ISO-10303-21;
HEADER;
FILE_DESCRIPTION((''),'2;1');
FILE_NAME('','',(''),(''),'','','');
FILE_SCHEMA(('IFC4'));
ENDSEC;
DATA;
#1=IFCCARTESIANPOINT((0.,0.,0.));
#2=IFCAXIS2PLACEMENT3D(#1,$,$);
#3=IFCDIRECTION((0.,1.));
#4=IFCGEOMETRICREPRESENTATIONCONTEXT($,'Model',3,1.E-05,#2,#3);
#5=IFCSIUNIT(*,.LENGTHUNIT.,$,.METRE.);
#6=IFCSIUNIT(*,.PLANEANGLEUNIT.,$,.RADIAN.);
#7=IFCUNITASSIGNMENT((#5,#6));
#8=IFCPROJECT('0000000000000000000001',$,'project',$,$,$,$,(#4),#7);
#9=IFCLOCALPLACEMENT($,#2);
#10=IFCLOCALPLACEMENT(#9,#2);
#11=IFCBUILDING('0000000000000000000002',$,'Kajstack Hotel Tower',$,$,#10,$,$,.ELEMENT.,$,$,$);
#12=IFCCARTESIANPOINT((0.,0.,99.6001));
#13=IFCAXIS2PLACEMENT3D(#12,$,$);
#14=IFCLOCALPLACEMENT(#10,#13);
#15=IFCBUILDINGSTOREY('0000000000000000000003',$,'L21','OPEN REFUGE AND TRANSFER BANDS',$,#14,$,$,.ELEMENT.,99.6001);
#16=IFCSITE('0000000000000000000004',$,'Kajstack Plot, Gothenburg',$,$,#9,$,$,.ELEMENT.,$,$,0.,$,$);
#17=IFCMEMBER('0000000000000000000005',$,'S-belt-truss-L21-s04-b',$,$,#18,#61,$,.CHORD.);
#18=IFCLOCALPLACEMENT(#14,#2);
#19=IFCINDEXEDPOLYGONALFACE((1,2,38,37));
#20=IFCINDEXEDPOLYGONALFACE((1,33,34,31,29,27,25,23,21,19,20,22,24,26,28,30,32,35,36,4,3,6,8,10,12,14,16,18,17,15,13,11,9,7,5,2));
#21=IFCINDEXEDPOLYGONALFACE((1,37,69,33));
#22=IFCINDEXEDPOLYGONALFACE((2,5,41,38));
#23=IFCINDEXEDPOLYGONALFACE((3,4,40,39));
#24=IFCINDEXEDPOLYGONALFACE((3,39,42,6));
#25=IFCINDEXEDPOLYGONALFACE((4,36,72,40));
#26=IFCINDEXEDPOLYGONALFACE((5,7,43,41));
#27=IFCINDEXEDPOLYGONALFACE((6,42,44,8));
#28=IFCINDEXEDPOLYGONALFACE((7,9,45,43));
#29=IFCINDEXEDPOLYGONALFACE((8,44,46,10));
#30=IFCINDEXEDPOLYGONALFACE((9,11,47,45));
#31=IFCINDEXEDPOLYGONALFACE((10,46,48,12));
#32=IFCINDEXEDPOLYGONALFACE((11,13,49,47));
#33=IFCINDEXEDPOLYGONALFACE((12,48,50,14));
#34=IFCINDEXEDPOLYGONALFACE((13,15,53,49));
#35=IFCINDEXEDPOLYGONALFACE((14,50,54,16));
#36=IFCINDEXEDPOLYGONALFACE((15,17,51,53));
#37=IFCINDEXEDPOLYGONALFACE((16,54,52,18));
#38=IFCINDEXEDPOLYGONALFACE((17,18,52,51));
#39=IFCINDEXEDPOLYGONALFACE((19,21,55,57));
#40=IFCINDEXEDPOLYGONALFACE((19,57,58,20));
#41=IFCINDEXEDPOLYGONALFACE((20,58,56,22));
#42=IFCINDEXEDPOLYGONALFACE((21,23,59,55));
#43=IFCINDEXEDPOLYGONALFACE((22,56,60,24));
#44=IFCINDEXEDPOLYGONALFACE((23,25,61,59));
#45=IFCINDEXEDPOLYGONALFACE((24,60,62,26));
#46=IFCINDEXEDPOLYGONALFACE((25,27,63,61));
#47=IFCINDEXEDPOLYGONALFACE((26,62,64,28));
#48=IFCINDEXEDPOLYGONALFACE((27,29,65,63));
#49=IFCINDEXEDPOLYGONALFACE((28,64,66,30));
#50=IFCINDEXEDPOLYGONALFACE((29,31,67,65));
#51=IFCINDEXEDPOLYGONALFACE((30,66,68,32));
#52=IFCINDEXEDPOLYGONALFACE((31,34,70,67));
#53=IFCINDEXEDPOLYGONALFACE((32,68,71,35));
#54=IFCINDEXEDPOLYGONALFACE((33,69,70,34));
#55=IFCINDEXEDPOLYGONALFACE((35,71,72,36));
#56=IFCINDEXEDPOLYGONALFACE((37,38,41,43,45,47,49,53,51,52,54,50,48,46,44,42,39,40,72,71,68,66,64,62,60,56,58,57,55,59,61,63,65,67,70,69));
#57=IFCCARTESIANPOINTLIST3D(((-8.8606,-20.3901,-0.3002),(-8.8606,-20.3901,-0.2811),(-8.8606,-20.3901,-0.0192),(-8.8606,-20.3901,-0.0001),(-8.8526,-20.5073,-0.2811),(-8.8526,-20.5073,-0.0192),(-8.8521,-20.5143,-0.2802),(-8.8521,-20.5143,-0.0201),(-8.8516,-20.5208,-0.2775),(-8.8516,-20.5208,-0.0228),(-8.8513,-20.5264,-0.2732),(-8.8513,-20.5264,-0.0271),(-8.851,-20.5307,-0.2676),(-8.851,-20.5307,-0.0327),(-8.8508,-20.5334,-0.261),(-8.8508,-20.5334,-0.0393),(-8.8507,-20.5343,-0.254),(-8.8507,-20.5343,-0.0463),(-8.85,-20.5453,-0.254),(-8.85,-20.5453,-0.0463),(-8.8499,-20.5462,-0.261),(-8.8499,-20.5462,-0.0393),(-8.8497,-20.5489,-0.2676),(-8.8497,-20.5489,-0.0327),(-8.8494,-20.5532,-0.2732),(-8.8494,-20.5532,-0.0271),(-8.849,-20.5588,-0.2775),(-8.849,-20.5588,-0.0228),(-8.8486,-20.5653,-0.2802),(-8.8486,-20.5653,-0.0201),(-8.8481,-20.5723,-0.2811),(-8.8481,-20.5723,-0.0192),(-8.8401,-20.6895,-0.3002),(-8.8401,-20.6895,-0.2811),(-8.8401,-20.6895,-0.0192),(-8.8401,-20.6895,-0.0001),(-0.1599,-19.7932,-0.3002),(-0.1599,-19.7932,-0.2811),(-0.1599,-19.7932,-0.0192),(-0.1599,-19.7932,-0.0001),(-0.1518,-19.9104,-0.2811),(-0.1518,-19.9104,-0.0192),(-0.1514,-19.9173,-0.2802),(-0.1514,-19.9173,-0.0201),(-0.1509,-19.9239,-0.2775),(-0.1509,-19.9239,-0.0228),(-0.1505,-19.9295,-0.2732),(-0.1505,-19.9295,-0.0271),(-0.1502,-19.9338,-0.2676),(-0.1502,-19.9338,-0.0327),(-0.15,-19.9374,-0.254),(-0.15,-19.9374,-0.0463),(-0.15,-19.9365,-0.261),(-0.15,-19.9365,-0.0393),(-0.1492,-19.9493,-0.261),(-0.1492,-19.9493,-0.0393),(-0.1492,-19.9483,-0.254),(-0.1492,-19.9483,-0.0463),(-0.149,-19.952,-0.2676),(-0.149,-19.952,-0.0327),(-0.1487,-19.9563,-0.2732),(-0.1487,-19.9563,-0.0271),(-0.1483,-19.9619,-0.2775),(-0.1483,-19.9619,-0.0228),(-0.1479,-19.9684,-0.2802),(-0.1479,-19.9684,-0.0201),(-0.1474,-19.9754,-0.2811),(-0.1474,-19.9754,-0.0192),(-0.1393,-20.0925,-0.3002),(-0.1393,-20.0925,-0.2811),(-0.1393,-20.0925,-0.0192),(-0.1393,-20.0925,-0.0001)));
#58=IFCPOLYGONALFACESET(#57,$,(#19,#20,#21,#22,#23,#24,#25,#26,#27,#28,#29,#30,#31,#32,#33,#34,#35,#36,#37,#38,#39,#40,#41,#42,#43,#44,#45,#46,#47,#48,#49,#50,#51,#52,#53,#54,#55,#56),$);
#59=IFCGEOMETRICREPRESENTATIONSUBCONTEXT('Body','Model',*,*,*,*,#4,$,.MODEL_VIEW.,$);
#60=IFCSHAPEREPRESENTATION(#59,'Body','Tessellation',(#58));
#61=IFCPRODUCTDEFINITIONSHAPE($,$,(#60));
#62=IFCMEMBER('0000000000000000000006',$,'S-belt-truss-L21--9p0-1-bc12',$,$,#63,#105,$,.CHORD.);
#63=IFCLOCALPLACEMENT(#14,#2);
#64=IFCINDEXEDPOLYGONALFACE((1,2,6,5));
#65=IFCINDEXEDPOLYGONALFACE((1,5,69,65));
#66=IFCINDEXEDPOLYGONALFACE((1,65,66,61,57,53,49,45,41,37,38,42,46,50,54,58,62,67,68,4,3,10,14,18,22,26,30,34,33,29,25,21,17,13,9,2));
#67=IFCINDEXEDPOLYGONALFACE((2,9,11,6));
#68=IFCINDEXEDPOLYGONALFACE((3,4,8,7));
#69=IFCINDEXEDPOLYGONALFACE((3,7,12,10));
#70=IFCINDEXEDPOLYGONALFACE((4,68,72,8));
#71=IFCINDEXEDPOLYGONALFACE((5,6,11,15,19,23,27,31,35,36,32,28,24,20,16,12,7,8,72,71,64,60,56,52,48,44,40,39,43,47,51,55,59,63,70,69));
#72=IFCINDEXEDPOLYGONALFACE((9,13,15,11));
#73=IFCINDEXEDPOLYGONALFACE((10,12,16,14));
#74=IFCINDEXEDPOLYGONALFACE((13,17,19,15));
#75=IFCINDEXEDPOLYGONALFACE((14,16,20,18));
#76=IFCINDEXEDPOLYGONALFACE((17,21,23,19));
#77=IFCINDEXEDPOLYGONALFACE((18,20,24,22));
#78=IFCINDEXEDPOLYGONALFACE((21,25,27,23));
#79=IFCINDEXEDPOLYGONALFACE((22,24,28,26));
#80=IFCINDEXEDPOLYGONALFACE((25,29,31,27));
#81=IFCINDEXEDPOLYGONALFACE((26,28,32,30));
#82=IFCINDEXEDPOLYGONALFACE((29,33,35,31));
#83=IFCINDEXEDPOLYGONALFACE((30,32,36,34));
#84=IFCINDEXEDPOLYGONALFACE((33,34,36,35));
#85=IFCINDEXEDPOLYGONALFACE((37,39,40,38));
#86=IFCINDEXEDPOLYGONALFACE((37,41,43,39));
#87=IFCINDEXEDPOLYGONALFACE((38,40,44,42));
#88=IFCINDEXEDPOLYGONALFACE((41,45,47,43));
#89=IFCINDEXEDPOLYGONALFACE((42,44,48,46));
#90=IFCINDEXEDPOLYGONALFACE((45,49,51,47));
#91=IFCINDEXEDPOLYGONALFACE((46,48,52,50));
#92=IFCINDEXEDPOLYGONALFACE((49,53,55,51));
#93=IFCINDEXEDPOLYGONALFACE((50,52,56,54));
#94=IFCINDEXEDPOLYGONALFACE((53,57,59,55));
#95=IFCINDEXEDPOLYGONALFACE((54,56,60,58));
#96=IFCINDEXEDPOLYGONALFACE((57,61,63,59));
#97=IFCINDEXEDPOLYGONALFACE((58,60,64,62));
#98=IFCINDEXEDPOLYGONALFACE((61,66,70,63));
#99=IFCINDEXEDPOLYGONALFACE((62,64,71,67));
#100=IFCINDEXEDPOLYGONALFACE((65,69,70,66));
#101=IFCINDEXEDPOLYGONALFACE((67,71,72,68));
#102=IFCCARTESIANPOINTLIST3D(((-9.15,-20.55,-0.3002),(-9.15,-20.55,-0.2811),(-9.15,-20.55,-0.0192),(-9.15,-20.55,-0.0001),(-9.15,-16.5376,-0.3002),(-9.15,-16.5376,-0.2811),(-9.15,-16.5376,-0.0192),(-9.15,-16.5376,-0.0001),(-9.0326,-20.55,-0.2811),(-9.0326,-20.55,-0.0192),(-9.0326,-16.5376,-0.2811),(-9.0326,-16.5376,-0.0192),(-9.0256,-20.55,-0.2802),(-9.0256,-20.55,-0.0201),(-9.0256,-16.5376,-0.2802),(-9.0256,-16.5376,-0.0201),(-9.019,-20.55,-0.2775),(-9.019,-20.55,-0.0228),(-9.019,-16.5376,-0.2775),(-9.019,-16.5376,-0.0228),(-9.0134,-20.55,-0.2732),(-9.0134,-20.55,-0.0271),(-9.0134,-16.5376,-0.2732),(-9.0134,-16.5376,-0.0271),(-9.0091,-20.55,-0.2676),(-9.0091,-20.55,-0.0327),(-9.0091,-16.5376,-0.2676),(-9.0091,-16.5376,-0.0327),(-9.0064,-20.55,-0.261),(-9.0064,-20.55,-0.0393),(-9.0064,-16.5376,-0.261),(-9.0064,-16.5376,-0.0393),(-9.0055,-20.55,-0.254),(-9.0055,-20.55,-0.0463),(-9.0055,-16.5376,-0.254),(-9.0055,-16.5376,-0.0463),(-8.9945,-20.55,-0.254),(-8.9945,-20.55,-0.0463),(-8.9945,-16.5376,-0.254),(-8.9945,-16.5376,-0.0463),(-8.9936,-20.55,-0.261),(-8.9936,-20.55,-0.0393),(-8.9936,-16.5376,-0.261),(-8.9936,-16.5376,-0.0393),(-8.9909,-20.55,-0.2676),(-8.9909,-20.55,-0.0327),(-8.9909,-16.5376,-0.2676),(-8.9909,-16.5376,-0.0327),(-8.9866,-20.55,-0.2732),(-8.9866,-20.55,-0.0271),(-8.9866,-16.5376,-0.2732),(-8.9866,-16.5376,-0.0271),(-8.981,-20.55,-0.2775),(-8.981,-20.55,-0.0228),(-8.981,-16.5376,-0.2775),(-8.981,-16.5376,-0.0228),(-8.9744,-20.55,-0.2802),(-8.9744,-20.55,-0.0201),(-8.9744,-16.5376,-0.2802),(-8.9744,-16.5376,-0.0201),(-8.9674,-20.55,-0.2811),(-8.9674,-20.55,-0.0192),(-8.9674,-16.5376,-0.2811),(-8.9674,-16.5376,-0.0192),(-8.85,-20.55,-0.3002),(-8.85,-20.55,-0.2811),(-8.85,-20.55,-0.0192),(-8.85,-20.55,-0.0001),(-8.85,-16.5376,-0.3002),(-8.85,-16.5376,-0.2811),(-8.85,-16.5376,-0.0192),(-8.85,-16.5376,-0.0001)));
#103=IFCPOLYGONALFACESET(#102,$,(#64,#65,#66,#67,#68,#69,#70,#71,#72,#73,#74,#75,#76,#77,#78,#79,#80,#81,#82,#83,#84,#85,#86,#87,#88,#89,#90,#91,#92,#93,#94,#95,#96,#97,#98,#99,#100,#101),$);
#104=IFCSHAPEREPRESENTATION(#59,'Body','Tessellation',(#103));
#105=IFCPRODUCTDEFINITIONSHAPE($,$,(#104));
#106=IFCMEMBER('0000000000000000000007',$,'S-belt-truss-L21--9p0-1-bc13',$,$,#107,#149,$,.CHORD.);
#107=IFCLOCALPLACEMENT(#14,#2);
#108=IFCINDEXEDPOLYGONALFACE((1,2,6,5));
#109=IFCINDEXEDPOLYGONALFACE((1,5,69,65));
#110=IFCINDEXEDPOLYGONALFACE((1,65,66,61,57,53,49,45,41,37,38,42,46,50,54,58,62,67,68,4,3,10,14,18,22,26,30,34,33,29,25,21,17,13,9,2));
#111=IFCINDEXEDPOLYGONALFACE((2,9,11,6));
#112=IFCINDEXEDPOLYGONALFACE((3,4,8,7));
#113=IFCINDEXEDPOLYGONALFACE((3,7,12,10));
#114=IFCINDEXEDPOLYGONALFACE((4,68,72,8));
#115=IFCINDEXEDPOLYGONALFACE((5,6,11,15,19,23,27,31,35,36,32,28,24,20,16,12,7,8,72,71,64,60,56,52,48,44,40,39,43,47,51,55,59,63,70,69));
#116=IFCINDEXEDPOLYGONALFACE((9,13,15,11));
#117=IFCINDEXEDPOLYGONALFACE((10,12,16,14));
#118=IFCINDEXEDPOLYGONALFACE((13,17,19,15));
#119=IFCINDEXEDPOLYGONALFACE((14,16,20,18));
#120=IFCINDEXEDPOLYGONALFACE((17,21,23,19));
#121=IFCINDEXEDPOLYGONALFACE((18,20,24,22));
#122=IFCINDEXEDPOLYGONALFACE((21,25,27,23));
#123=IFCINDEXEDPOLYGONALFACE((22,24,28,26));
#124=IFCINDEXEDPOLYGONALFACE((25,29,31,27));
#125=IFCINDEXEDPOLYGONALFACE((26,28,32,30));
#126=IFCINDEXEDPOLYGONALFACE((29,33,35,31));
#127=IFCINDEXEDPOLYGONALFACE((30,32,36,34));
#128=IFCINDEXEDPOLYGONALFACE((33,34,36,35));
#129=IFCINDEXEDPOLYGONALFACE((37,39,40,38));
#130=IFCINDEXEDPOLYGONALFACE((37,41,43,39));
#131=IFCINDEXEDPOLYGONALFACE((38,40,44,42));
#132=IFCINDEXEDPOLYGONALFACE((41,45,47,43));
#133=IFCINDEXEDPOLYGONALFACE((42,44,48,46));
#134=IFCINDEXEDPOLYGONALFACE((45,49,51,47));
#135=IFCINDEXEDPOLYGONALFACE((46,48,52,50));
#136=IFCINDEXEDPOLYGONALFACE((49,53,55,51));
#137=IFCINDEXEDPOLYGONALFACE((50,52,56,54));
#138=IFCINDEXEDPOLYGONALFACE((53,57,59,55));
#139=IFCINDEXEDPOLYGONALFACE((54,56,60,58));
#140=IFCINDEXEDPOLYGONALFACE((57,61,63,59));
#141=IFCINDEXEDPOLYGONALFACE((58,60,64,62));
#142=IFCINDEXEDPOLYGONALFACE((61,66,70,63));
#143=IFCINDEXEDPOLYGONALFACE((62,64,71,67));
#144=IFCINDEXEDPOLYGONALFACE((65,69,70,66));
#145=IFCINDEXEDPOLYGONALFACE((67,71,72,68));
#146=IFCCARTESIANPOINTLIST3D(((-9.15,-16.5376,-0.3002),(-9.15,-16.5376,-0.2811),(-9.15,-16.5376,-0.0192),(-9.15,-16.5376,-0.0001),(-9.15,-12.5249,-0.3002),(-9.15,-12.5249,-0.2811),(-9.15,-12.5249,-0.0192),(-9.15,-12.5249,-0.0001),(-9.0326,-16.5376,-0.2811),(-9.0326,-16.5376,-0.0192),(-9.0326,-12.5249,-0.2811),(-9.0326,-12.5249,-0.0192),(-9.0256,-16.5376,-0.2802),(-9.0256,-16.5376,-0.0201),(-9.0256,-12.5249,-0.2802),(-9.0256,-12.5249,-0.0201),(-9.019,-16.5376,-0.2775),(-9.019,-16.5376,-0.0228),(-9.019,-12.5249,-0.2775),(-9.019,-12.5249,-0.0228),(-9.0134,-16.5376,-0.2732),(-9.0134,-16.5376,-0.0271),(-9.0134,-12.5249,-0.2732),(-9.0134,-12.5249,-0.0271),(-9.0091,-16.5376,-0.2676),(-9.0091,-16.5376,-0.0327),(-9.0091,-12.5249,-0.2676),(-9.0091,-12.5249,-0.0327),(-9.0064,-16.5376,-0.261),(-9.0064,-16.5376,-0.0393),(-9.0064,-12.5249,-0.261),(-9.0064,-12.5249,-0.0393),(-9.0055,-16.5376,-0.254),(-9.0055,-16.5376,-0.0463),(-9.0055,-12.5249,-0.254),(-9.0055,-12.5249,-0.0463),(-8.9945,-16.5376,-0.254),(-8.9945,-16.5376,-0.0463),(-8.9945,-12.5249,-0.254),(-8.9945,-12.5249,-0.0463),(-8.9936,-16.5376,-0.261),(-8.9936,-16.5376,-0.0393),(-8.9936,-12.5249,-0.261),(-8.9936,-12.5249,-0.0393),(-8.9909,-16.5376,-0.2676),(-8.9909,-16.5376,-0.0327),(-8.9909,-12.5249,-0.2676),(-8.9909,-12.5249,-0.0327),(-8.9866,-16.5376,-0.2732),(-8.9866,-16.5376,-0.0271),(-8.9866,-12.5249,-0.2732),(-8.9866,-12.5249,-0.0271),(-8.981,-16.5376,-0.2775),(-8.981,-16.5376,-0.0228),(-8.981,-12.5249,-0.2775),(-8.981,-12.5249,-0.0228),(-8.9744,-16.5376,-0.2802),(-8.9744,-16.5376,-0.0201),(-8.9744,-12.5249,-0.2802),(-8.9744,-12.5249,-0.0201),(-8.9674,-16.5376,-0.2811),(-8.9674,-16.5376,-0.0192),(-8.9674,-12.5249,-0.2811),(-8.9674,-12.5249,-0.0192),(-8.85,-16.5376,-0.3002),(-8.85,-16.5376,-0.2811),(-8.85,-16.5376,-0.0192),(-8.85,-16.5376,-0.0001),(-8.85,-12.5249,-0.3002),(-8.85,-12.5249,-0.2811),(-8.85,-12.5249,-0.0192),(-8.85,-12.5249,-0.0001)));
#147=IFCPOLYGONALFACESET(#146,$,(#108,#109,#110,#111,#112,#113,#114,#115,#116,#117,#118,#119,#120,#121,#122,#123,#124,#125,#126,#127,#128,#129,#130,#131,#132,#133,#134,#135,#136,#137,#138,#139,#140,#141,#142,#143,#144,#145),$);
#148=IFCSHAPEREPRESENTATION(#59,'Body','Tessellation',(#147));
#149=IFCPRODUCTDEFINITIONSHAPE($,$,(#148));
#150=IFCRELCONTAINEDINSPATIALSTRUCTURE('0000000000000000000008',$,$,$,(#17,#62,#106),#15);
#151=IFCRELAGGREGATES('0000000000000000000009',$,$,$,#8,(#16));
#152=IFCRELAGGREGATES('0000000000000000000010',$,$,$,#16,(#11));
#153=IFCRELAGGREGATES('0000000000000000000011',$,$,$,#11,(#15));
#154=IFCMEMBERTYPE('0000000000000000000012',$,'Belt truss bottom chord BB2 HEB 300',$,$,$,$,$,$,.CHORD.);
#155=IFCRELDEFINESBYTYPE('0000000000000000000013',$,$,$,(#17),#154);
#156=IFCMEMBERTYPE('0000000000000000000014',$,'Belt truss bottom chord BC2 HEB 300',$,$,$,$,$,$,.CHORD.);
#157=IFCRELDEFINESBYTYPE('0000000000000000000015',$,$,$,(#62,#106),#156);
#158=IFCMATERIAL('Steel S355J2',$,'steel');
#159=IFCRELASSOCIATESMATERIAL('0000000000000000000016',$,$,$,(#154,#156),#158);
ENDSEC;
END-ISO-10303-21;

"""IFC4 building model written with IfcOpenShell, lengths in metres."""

from ifc_helpers import new_model, si_unit, direction, frame, origin, origin_2d, place, context, subcontext, project, spatial, i_section, extrude, material, material_profile, profile_set, type_object, element, save


model = new_model("IFC4")

# Units and contexts
model_context = context("Model", 3, precision=1e-05, world=origin(), true_north=direction((0.0, 1.0)))
body_context = subcontext(model_context, "Body", "Model", "MODEL_VIEW")
ifc_project = project(units=[si_unit("LENGTHUNIT", "METRE"), si_unit("PLANEANGLEUNIT", "RADIAN")], contexts=[model_context])

# Site, building, storey
site_placement = place(None, origin())
site = spatial("IfcSite", under=ifc_project, at=site_placement, Name="Kajstack Plot, Gothenburg", CompositionType="ELEMENT", RefElevation=0.0)
building_placement = place(site_placement, origin())
building = spatial("IfcBuilding", under=site, at=building_placement, Name="Kajstack Hotel Tower", CompositionType="ELEMENT")
storey_placement = place(building_placement, frame((0.0, 0.0, 99.6001)))
storey = spatial("IfcBuildingStorey", under=building, at=storey_placement, Name="L21", Description="OPEN REFUGE AND TRANSFER BANDS", CompositionType="ELEMENT", Elevation=99.6001)

# Members
ifc_material_1 = material(Name="Steel S355J2", Category="steel")
ifc_material_profile_1 = material_profile(ifc_material_1, i_section(OverallWidth=0.3, OverallDepth=0.3, WebThickness=0.011, FlangeThickness=0.019, FilletRadius=0.0271, at=origin_2d()), Name="HEB 300")
ifc_profile_set_1 = profile_set([ifc_material_profile_1], Name="Steel S355J2")
member_type_1 = type_object("IfcMemberType", Name="Belt truss bottom chord BB2 HEB 300", PredefinedType="CHORD", material=ifc_profile_set_1)
member_1_placement = place(storey_placement, frame((-8.8503, -20.5398, -0.1501), z_axis=(0.997655, 0.068446, 0.0), x_axis=(-0.068446, 0.997655, 0.0)))
element("IfcMember", 1, at=member_1_placement, inside=storey, type_object=member_type_1, Name="S-belt-truss-L21-s04-b", PredefinedType="CHORD", context=body_context, shape_type="SweptSolid", body=[
    extrude(i_section(OverallWidth=0.3, OverallDepth=0.3, WebThickness=0.011, FlangeThickness=0.019, FilletRadius=0.0271, at=origin_2d()), origin(), (0.0, 0.0, 1.0), 8.7212),
])
ifc_material_profile_2 = material_profile(ifc_material_1, i_section(OverallWidth=0.3, OverallDepth=0.3, WebThickness=0.011, FlangeThickness=0.019, FilletRadius=0.0271, at=origin_2d()), Name="HEB 300")
ifc_profile_set_2 = profile_set([ifc_material_profile_2], Name="Steel S355J2")
member_type_2 = type_object("IfcMemberType", Name="Belt truss bottom chord BC2 HEB 300", PredefinedType="CHORD", material=ifc_profile_set_2)
member_2_placement = place(storey_placement, frame((-9.0, -20.55, -0.1501), z_axis=(0.0, 1.0, 0.0), x_axis=(-1.0, 0.0, 0.0)))
element("IfcMember", 2, at=member_2_placement, inside=storey, type_object=member_type_2, Name="S-belt-truss-L21--9p0-1-bc12", PredefinedType="CHORD", context=body_context, shape_type="SweptSolid", body=[
    extrude(i_section(OverallWidth=0.3, OverallDepth=0.3, WebThickness=0.011, FlangeThickness=0.019, FilletRadius=0.0271, at=origin_2d()), origin(), (0.0, 0.0, 1.0), 4.0125),
])
member_3_placement = place(storey_placement, frame((-9.0, -16.5376, -0.1501), z_axis=(0.0, 1.0, 0.0), x_axis=(-1.0, 0.0, 0.0)))
element("IfcMember", 3, at=member_3_placement, inside=storey, type_object=member_type_2, Name="S-belt-truss-L21--9p0-1-bc13", PredefinedType="CHORD", context=body_context, shape_type="SweptSolid", body=[
    extrude(i_section(OverallWidth=0.3, OverallDepth=0.3, WebThickness=0.011, FlangeThickness=0.019, FilletRadius=0.0271, at=origin_2d()), origin(), (0.0, 0.0, 1.0), 4.0127),
])

save(model, "model.ifc")
